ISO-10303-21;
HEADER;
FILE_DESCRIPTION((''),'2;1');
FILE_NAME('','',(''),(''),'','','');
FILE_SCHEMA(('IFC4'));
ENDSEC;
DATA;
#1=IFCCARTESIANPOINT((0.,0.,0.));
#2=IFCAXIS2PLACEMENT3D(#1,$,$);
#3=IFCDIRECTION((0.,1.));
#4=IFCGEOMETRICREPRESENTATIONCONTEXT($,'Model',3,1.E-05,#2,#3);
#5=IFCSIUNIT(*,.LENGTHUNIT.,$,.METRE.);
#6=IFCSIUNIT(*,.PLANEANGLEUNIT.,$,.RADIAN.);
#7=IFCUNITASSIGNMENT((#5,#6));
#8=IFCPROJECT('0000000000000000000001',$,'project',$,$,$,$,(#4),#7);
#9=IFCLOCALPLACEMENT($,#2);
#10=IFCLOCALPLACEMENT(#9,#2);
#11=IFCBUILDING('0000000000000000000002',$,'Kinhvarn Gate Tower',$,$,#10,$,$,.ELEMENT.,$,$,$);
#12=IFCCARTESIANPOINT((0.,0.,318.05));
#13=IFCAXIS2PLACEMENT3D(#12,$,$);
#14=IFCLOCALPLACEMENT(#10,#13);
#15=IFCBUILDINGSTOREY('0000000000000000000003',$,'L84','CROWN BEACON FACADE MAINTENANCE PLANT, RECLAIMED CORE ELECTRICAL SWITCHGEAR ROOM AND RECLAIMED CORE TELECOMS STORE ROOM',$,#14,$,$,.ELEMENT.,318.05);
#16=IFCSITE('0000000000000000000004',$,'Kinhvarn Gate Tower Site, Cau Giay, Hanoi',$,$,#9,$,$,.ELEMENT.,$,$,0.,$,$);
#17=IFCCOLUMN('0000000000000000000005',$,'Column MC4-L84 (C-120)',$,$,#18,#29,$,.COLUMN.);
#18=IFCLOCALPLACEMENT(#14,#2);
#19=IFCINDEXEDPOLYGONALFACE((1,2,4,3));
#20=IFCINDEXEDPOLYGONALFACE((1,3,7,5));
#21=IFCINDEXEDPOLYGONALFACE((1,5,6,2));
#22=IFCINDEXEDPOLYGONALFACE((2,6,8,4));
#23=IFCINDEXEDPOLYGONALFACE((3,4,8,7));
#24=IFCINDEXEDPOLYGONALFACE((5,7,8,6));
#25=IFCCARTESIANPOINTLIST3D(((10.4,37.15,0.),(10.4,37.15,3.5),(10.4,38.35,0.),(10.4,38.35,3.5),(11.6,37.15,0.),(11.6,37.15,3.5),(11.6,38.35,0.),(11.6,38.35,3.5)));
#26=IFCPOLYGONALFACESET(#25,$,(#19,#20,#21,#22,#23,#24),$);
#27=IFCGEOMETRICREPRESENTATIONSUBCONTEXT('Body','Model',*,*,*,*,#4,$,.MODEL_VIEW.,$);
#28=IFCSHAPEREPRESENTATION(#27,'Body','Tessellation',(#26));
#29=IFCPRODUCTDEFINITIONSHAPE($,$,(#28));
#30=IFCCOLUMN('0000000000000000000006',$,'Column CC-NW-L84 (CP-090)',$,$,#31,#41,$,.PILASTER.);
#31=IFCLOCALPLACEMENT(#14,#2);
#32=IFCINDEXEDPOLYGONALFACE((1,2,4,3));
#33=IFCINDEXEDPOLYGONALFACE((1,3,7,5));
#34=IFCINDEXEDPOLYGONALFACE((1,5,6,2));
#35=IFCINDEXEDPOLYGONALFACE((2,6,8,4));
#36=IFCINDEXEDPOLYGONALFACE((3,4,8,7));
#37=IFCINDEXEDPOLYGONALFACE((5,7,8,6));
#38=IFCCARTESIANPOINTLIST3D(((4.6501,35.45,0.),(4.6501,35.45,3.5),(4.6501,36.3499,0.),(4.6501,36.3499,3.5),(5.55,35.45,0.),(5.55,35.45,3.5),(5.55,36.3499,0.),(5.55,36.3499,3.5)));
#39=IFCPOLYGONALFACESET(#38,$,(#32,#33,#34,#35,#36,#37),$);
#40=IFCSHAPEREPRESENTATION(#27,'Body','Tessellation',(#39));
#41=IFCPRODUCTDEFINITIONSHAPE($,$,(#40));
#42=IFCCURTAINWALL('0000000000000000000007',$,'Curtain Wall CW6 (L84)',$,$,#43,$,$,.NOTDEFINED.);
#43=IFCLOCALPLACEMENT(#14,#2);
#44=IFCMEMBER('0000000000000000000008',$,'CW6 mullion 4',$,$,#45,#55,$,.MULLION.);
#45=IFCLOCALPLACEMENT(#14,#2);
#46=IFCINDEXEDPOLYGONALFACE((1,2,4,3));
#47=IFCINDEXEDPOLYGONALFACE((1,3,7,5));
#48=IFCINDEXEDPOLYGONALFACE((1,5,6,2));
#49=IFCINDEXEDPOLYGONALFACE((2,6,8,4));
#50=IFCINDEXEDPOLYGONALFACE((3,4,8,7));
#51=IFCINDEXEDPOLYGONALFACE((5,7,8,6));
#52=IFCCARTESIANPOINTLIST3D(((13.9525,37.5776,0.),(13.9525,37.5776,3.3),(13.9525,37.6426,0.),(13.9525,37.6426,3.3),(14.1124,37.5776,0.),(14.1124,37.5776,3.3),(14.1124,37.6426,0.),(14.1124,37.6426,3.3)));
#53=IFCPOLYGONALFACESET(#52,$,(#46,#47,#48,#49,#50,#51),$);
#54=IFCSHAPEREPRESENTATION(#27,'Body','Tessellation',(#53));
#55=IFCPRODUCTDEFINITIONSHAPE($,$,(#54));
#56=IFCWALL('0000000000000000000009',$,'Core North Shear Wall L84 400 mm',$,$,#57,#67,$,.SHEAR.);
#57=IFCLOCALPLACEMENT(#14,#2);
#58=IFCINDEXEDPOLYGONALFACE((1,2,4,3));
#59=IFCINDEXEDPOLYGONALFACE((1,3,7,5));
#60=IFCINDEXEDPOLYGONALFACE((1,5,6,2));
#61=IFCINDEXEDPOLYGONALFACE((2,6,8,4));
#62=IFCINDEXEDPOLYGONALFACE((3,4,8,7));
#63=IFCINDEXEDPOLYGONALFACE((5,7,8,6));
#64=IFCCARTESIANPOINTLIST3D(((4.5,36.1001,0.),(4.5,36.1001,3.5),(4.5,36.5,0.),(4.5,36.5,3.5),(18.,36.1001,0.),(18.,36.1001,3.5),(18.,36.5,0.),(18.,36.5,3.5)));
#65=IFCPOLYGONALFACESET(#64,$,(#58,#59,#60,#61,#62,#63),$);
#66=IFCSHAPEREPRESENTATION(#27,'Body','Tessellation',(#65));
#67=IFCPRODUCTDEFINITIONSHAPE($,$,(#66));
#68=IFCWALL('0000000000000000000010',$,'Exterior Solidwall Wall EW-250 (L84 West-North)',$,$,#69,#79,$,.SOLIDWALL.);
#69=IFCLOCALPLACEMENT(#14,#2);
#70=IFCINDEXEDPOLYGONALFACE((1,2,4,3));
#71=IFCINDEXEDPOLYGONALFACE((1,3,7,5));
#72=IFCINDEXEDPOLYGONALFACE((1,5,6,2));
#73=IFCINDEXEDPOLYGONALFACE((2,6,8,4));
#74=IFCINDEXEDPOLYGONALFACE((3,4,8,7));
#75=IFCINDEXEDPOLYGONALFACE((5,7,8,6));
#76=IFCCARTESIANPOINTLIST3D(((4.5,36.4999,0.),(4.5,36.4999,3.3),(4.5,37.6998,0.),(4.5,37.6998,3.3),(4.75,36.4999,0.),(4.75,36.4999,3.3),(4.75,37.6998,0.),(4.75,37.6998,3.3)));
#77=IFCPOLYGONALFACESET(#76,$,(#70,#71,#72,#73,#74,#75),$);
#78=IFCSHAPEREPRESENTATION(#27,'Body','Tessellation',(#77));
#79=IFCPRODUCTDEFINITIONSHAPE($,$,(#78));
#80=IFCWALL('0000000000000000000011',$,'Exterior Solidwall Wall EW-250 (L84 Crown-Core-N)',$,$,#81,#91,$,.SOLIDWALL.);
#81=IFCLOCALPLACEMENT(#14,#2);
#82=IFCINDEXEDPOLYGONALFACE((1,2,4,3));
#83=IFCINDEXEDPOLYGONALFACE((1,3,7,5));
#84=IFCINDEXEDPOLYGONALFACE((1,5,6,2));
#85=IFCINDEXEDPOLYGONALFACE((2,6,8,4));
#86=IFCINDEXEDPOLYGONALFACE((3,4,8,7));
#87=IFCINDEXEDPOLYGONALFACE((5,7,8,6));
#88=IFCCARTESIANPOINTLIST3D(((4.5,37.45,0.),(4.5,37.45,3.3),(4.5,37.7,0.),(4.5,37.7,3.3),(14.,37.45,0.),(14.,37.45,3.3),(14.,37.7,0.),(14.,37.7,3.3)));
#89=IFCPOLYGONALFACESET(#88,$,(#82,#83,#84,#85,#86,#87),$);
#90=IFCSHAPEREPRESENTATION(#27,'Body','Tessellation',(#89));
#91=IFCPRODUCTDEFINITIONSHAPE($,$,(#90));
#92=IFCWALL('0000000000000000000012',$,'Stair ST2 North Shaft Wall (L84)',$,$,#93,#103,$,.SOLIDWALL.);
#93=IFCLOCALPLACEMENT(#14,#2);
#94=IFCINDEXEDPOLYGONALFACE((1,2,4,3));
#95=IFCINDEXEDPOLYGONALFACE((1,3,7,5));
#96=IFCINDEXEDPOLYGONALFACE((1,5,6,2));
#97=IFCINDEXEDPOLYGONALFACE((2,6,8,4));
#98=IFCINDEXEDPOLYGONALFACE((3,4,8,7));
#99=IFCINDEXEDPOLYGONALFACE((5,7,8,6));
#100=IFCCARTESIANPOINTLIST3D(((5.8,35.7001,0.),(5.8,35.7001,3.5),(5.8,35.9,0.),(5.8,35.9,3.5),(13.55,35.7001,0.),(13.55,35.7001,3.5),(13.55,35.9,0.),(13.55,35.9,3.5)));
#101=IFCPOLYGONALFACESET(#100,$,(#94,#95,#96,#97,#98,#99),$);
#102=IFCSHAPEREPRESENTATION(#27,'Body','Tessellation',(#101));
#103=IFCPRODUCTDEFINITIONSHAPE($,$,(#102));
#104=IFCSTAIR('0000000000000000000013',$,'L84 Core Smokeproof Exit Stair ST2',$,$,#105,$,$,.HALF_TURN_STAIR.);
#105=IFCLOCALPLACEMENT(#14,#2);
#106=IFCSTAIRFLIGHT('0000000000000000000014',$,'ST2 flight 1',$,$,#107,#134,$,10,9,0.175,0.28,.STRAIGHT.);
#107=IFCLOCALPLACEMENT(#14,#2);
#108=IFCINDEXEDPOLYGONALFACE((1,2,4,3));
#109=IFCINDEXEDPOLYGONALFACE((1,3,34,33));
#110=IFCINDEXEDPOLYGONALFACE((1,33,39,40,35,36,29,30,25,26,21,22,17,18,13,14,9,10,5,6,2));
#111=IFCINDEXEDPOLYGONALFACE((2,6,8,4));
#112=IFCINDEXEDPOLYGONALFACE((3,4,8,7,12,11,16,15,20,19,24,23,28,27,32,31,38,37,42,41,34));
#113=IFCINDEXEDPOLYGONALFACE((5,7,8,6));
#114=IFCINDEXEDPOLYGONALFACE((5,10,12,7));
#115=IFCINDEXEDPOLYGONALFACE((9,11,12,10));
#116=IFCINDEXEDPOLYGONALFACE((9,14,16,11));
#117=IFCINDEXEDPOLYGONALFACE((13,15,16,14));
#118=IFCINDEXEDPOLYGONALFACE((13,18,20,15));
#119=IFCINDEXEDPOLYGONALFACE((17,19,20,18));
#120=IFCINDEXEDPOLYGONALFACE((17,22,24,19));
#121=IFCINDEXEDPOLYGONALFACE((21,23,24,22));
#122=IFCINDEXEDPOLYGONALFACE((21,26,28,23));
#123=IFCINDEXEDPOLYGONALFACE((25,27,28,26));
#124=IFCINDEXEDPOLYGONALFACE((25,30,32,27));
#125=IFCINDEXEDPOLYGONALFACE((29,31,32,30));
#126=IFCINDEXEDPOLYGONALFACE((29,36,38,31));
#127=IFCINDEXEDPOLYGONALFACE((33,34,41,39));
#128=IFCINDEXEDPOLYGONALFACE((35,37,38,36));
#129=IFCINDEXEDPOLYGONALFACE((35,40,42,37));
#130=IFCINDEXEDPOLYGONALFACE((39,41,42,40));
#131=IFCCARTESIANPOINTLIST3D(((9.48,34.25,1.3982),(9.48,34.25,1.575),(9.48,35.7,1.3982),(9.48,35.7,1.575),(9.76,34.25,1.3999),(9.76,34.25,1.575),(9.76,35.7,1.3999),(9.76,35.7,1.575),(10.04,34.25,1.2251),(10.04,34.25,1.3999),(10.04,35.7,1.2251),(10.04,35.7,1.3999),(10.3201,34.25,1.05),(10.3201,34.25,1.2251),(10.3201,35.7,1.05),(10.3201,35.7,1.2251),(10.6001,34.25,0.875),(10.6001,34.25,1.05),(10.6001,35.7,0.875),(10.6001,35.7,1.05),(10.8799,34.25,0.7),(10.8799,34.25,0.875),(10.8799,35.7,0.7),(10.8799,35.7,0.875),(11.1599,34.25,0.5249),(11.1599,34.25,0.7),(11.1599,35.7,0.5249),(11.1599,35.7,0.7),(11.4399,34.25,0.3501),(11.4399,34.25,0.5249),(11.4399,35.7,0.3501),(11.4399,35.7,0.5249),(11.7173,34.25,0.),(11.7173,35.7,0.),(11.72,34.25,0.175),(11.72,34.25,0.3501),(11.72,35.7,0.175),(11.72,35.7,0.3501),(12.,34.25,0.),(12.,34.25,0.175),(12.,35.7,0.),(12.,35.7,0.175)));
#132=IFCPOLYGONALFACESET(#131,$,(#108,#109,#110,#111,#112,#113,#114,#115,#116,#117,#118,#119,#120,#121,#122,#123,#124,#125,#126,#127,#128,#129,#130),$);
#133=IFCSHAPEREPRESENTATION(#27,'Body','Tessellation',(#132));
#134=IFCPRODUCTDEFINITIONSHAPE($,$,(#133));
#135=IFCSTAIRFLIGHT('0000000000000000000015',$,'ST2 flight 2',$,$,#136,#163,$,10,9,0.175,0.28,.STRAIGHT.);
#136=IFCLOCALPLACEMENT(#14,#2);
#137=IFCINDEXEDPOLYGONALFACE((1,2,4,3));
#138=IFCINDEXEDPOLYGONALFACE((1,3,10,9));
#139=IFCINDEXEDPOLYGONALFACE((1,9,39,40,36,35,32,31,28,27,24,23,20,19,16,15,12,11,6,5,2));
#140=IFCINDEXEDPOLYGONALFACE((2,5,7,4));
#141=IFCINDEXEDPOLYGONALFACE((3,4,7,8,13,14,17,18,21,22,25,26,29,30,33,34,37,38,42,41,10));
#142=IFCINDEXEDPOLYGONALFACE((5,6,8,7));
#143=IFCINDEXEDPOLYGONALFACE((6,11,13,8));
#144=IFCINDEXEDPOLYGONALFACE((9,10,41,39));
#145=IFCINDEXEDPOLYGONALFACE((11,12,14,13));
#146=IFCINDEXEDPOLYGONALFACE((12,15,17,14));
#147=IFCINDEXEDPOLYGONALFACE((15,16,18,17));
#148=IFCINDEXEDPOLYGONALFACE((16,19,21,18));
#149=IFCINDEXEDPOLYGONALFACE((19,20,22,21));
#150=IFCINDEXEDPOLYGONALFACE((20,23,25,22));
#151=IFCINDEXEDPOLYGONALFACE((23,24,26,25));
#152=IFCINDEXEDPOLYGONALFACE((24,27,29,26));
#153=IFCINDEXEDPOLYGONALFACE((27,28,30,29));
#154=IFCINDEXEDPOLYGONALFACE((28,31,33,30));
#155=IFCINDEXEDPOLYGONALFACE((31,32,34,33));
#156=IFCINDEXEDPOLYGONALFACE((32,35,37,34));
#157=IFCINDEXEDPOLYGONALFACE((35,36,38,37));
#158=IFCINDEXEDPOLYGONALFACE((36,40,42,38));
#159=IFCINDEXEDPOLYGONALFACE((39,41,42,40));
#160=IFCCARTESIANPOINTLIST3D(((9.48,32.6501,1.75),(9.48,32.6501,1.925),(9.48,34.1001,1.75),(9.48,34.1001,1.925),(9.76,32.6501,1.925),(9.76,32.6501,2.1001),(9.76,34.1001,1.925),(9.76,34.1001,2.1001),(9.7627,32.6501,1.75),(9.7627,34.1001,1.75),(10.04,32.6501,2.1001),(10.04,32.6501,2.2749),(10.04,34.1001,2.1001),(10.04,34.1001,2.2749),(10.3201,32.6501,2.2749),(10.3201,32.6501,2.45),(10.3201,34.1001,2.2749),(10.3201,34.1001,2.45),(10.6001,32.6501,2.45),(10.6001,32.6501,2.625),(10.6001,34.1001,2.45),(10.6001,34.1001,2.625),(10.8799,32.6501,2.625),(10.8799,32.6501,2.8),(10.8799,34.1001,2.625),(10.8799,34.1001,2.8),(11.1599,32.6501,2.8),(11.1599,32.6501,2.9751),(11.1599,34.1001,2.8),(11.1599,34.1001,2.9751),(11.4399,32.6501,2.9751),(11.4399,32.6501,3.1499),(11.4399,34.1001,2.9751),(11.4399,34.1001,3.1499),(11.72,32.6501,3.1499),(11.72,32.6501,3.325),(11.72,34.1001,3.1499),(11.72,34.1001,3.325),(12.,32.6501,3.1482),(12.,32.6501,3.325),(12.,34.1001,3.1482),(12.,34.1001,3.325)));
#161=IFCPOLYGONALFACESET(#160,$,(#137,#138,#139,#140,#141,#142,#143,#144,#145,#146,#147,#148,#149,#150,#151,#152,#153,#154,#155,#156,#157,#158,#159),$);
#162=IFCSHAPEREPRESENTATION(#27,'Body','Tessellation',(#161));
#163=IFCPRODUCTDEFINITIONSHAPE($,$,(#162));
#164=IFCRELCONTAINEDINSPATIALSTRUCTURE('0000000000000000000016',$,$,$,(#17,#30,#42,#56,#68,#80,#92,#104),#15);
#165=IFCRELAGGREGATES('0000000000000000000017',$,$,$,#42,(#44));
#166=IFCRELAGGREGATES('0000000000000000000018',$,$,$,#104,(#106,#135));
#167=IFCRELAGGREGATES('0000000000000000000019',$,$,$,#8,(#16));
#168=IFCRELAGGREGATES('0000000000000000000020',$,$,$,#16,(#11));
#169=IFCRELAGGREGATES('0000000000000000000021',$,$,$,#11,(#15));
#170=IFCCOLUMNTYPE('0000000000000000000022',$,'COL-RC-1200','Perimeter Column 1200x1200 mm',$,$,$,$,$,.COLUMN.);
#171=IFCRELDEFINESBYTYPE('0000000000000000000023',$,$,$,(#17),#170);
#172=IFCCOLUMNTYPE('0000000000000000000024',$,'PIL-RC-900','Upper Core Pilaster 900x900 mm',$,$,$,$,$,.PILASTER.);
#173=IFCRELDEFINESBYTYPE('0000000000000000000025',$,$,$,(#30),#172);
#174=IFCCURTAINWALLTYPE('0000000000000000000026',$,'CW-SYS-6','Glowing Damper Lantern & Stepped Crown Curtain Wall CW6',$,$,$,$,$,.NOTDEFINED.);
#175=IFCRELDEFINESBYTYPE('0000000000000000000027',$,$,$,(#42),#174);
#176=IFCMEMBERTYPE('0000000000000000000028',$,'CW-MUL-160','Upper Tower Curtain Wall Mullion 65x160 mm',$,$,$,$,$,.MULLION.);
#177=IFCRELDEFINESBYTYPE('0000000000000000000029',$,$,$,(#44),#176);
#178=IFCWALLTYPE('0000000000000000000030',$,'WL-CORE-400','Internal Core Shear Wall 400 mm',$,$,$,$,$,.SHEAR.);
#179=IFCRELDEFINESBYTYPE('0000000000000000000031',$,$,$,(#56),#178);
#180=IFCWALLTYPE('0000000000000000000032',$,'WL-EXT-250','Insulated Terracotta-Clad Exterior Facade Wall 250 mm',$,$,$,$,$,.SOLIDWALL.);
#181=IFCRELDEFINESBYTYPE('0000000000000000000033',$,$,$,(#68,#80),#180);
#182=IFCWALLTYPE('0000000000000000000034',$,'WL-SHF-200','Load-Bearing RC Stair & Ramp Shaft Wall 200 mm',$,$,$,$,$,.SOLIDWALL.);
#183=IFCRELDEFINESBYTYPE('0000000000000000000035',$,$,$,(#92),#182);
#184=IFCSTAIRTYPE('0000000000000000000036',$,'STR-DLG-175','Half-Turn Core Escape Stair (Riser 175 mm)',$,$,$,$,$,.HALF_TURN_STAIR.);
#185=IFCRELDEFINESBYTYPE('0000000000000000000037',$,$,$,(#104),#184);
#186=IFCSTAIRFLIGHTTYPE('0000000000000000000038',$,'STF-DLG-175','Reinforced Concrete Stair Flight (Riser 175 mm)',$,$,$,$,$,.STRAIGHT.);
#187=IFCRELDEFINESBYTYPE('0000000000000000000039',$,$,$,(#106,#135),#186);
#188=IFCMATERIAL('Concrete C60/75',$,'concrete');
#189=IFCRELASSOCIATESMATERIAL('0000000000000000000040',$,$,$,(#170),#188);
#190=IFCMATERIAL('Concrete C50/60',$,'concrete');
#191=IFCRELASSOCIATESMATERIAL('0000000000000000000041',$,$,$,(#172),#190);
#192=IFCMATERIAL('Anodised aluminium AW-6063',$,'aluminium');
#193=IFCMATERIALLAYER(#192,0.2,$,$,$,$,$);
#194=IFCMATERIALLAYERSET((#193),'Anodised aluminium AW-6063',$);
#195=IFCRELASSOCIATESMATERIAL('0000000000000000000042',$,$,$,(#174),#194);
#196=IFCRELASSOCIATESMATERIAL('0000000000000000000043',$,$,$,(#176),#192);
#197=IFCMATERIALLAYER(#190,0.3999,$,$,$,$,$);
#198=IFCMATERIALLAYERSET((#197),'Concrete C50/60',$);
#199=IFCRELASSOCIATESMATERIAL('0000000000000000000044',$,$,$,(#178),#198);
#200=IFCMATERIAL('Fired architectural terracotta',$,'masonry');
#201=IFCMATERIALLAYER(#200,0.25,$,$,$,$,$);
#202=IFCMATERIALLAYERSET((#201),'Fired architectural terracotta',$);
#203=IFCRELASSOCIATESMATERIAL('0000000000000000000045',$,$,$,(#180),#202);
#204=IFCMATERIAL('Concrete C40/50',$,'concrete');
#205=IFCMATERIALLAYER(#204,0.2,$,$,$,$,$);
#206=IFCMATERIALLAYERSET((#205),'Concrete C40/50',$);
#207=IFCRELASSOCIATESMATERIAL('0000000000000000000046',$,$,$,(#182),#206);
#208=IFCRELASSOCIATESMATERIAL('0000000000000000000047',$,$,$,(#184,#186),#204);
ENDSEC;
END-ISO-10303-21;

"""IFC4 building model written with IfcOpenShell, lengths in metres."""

from ifc_helpers import new_model, si_unit, direction, frame, frame_2d, origin, origin_2d, place, context, subcontext, project, spatial, polyline, rectangle, outline, extrude, material, layer, layer_set, material_profile, profile_set, type_object, element, aggregate, save


model = new_model("IFC4")

# Units and contexts
model_context = context("Model", 3, precision=1e-05, world=origin(), true_north=direction((0.0, 1.0)))
body_context = subcontext(model_context, "Body", "Model", "MODEL_VIEW")
ifc_project = project(units=[si_unit("LENGTHUNIT", "METRE"), si_unit("PLANEANGLEUNIT", "RADIAN")], contexts=[model_context])

# Site, building, storey
site_placement = place(None, origin())
site = spatial("IfcSite", under=ifc_project, at=site_placement, Name="Kinhvarn Gate Tower Site, Cau Giay, Hanoi", CompositionType="ELEMENT", RefElevation=0.0)
building_placement = place(site_placement, origin())
building = spatial("IfcBuilding", under=site, at=building_placement, Name="Kinhvarn Gate Tower", CompositionType="ELEMENT")
storey_placement = place(building_placement, frame((0.0, 0.0, 318.05)))
storey = spatial("IfcBuildingStorey", under=building, at=storey_placement, Name="L84", Description="CROWN BEACON FACADE MAINTENANCE PLANT, RECLAIMED CORE ELECTRICAL SWITCHGEAR ROOM AND RECLAIMED CORE TELECOMS STORE ROOM", CompositionType="ELEMENT", Elevation=318.05)

# Columns
ifc_material_1 = material(Name="Concrete C60/75", Category="concrete")
ifc_material_profile_1 = material_profile(ifc_material_1, rectangle(XDim=1.2, YDim=1.2, at=origin_2d()), Name="RC 1200x1200")
ifc_profile_set_1 = profile_set([ifc_material_profile_1], Name="Concrete C60/75")
column_type_1 = type_object("IfcColumnType", Name="COL-RC-1200", Description="Perimeter Column 1200x1200 mm", PredefinedType="COLUMN", material=ifc_profile_set_1)
column_1_placement = place(storey_placement, frame((11.0, 37.75, 0.0), z_axis=(0.0, 0.0, 1.0), x_axis=(1.0, 0.0, 0.0)))
element("IfcColumn", 1, at=column_1_placement, inside=storey, type_object=column_type_1, Name="Column MC4-L84 (C-120)", PredefinedType="COLUMN", context=body_context, shape_type="SweptSolid", body=[
    extrude(rectangle(XDim=1.2, YDim=1.2, at=origin_2d()), origin(), (0.0, 0.0, 1.0), 3.5),
])
ifc_material_2 = material(Name="Concrete C50/60", Category="concrete")
ifc_material_profile_2 = material_profile(ifc_material_2, rectangle(XDim=0.8999, YDim=0.8999, at=origin_2d()), Name="RC 900x900")
ifc_profile_set_2 = profile_set([ifc_material_profile_2], Name="Concrete C50/60")
column_type_2 = type_object("IfcColumnType", Name="PIL-RC-900", Description="Upper Core Pilaster 900x900 mm", PredefinedType="PILASTER", material=ifc_profile_set_2)
column_2_placement = place(storey_placement, frame((5.1001, 35.8999, 0.0), z_axis=(0.0, 0.0, 1.0), x_axis=(1.0, 0.0, 0.0)))
element("IfcColumn", 2, at=column_2_placement, inside=storey, type_object=column_type_2, Name="Column CC-NW-L84 (CP-090)", PredefinedType="PILASTER", context=body_context, shape_type="SweptSolid", body=[
    extrude(rectangle(XDim=0.8999, YDim=0.8999, at=origin_2d()), origin(), (0.0, 0.0, 1.0), 3.5),
])

# Curtain wall, member
ifc_material_3 = material(Name="Anodised aluminium AW-6063", Category="aluminium")
ifc_layer_1 = layer(ifc_material_3, 0.2)
ifc_layer_set_1 = layer_set([ifc_layer_1], Name="Anodised aluminium AW-6063")
curtain_wall_type = type_object("IfcCurtainWallType", Name="CW-SYS-6", Description="Glowing Damper Lantern & Stepped Crown Curtain Wall CW6", PredefinedType="NOTDEFINED", material=ifc_layer_set_1)
curtain_wall_placement = place(storey_placement, origin())
curtain_wall = element("IfcCurtainWall", 3, at=curtain_wall_placement, inside=storey, type_object=curtain_wall_type, Name="Curtain Wall CW6 (L84)", PredefinedType="NOTDEFINED")
ifc_material_profile_3 = material_profile(ifc_material_3, rectangle(XDim=0.0649, YDim=0.1599, at=origin_2d()), Name="ALU 65x160")
ifc_profile_set_3 = profile_set([ifc_material_profile_3], Name="Anodised aluminium AW-6063")
member_type = type_object("IfcMemberType", Name="CW-MUL-160", Description="Upper Tower Curtain Wall Mullion 65x160 mm", PredefinedType="MULLION", material=ifc_profile_set_3)
member_placement = place(storey_placement, frame((14.0325, 37.6101, 0.0), z_axis=(0.0, 0.0, 1.0), x_axis=(0.0, -1.0, 0.0)))
member = element("IfcMember", 4, at=member_placement, type_object=member_type, Name="CW6 mullion 4", PredefinedType="MULLION", context=body_context, shape_type="SweptSolid", body=[
    extrude(rectangle(XDim=0.0649, YDim=0.1599, at=origin_2d()), origin(), (0.0, 0.0, 1.0), 3.3),
])
aggregate(curtain_wall, [member])

# Walls
ifc_layer_2 = layer(ifc_material_2, 0.3999)
ifc_layer_set_2 = layer_set([ifc_layer_2], Name="Concrete C50/60")
wall_type_1 = type_object("IfcWallType", Name="WL-CORE-400", Description="Internal Core Shear Wall 400 mm", PredefinedType="SHEAR", material=ifc_layer_set_2)
wall_1_placement = place(storey_placement, frame((4.5, 36.3, 0.0), z_axis=(0.0, 0.0, 1.0), x_axis=(1.0, 0.0, 0.0)))
element("IfcWall", 5, at=wall_1_placement, inside=storey, type_object=wall_type_1, Name="Core North Shear Wall L84 400 mm", PredefinedType="SHEAR", context=body_context, shape_type="SweptSolid", body=[
    extrude(rectangle(XDim=13.5, YDim=0.3999, at=frame_2d((6.75, 0.0))), origin(), (0.0, 0.0, 1.0), 3.5),
])
ifc_material_4 = material(Name="Fired architectural terracotta", Category="masonry")
ifc_layer_3 = layer(ifc_material_4, 0.25)
ifc_layer_set_3 = layer_set([ifc_layer_3], Name="Fired architectural terracotta")
wall_type_2 = type_object("IfcWallType", Name="WL-EXT-250", Description="Insulated Terracotta-Clad Exterior Facade Wall 250 mm", PredefinedType="SOLIDWALL", material=ifc_layer_set_3)
wall_2_placement = place(storey_placement, frame((4.625, 37.7, 0.0), z_axis=(0.0, 0.0, 1.0), x_axis=(0.0, -1.0, 0.0)))
element("IfcWall", 6, at=wall_2_placement, inside=storey, type_object=wall_type_2, Name="Exterior Solidwall Wall EW-250 (L84 West-North)", PredefinedType="SOLIDWALL", context=body_context, shape_type="SweptSolid", body=[
    extrude(rectangle(XDim=1.2, YDim=0.25, at=frame_2d((0.6001, 0.0))), origin(), (0.0, 0.0, 1.0), 3.3),
])
wall_3_placement = place(storey_placement, frame((14.0, 37.575, 0.0), z_axis=(0.0, 0.0, 1.0), x_axis=(-1.0, 0.0, 0.0)))
element("IfcWall", 7, at=wall_3_placement, inside=storey, type_object=wall_type_2, Name="Exterior Solidwall Wall EW-250 (L84 Crown-Core-N)", PredefinedType="SOLIDWALL", context=body_context, shape_type="SweptSolid", body=[
    extrude(rectangle(XDim=9.5, YDim=0.25, at=frame_2d((4.75, 0.0))), origin(), (0.0, 0.0, 1.0), 3.3),
])
ifc_material_5 = material(Name="Concrete C40/50", Category="concrete")
ifc_layer_4 = layer(ifc_material_5, 0.2)
ifc_layer_set_4 = layer_set([ifc_layer_4], Name="Concrete C40/50")
wall_type_3 = type_object("IfcWallType", Name="WL-SHF-200", Description="Load-Bearing RC Stair & Ramp Shaft Wall 200 mm", PredefinedType="SOLIDWALL", material=ifc_layer_set_4)
wall_4_placement = place(storey_placement, frame((5.8, 35.8, 0.0), z_axis=(0.0, 0.0, 1.0), x_axis=(1.0, 0.0, 0.0)))
element("IfcWall", 8, at=wall_4_placement, inside=storey, type_object=wall_type_3, Name="Stair ST2 North Shaft Wall (L84)", PredefinedType="SOLIDWALL", context=body_context, shape_type="SweptSolid", body=[
    extrude(rectangle(XDim=7.75, YDim=0.2, at=frame_2d((3.875, 0.0))), origin(), (0.0, 0.0, 1.0), 3.5),
])

# Stair, stair flights
stair_type = type_object("IfcStairType", Name="STR-DLG-175", Description="Half-Turn Core Escape Stair (Riser 175 mm)", PredefinedType="HALF_TURN_STAIR", material=ifc_material_5)
stair_placement = place(storey_placement, origin())
stair = element("IfcStair", 9, at=stair_placement, inside=storey, type_object=stair_type, Name="L84 Core Smokeproof Exit Stair ST2", PredefinedType="HALF_TURN_STAIR")
stair_flight_type = type_object("IfcStairFlightType", Name="STF-DLG-175", Description="Reinforced Concrete Stair Flight (Riser 175 mm)", PredefinedType="STRAIGHT", material=ifc_material_5)
stair_flight_1_placement = place(storey_placement, frame((12.0, 34.9751, 0.0), z_axis=(0.0, 0.0, 1.0), x_axis=(-1.0, 0.0, 0.0)))
stair_flight_1 = element("IfcStairFlight", 10, at=stair_flight_1_placement, type_object=stair_flight_type, Name="ST2 flight 1", NumberOfRisers=10, NumberOfTreads=9, PredefinedType="STRAIGHT", RiserHeight=0.175, TreadLength=0.28, context=body_context, shape_type="SweptSolid", body=[
    extrude(outline(polyline([(0.0, 0.0), (0.0, 0.175), (0.28, 0.175), (0.28, 0.3501), (0.5601, 0.3501), (0.5601, 0.5249), (0.8401, 0.5249), (0.8401, 0.7), (1.1201, 0.7), (1.1201, 0.875), (1.3999, 0.875), (1.3999, 1.05), (1.6799, 1.05), (1.6799, 1.2251), (1.96, 1.2251), (1.96, 1.3999), (2.24, 1.3999), (2.24, 1.575), (2.52, 1.575), (2.52, 1.75), (2.52, 1.3982), (0.2827, 0.0), (0.0, 0.0)])), frame((0.0, 0.7251, 0.0), z_axis=(0.0, -1.0, 0.0), x_axis=(1.0, 0.0, 0.0)), (0.0, 0.0, 1.0), 1.45),
])
stair_flight_2_placement = place(storey_placement, frame((9.48, 33.375, 1.75), z_axis=(0.0, 0.0, 1.0), x_axis=(1.0, 0.0, 0.0)))
stair_flight_2 = element("IfcStairFlight", 11, at=stair_flight_2_placement, type_object=stair_flight_type, Name="ST2 flight 2", NumberOfRisers=10, NumberOfTreads=9, PredefinedType="STRAIGHT", RiserHeight=0.175, TreadLength=0.28, context=body_context, shape_type="SweptSolid", body=[
    extrude(outline(polyline([(0.0, 0.0), (0.0, 0.175), (0.28, 0.175), (0.28, 0.3501), (0.5601, 0.3501), (0.5601, 0.5249), (0.8401, 0.5249), (0.8401, 0.7), (1.1201, 0.7), (1.1201, 0.875), (1.3999, 0.875), (1.3999, 1.05), (1.6799, 1.05), (1.6799, 1.2251), (1.96, 1.2251), (1.96, 1.3999), (2.24, 1.3999), (2.24, 1.575), (2.52, 1.575), (2.52, 1.75), (2.52, 1.3982), (0.2827, 0.0), (0.0, 0.0)])), frame((0.0, 0.7251, 0.0), z_axis=(0.0, -1.0, 0.0), x_axis=(1.0, 0.0, 0.0)), (0.0, 0.0, 1.0), 1.45),
])
aggregate(stair, [stair_flight_1, stair_flight_2])

save(model, "model.ifc")
